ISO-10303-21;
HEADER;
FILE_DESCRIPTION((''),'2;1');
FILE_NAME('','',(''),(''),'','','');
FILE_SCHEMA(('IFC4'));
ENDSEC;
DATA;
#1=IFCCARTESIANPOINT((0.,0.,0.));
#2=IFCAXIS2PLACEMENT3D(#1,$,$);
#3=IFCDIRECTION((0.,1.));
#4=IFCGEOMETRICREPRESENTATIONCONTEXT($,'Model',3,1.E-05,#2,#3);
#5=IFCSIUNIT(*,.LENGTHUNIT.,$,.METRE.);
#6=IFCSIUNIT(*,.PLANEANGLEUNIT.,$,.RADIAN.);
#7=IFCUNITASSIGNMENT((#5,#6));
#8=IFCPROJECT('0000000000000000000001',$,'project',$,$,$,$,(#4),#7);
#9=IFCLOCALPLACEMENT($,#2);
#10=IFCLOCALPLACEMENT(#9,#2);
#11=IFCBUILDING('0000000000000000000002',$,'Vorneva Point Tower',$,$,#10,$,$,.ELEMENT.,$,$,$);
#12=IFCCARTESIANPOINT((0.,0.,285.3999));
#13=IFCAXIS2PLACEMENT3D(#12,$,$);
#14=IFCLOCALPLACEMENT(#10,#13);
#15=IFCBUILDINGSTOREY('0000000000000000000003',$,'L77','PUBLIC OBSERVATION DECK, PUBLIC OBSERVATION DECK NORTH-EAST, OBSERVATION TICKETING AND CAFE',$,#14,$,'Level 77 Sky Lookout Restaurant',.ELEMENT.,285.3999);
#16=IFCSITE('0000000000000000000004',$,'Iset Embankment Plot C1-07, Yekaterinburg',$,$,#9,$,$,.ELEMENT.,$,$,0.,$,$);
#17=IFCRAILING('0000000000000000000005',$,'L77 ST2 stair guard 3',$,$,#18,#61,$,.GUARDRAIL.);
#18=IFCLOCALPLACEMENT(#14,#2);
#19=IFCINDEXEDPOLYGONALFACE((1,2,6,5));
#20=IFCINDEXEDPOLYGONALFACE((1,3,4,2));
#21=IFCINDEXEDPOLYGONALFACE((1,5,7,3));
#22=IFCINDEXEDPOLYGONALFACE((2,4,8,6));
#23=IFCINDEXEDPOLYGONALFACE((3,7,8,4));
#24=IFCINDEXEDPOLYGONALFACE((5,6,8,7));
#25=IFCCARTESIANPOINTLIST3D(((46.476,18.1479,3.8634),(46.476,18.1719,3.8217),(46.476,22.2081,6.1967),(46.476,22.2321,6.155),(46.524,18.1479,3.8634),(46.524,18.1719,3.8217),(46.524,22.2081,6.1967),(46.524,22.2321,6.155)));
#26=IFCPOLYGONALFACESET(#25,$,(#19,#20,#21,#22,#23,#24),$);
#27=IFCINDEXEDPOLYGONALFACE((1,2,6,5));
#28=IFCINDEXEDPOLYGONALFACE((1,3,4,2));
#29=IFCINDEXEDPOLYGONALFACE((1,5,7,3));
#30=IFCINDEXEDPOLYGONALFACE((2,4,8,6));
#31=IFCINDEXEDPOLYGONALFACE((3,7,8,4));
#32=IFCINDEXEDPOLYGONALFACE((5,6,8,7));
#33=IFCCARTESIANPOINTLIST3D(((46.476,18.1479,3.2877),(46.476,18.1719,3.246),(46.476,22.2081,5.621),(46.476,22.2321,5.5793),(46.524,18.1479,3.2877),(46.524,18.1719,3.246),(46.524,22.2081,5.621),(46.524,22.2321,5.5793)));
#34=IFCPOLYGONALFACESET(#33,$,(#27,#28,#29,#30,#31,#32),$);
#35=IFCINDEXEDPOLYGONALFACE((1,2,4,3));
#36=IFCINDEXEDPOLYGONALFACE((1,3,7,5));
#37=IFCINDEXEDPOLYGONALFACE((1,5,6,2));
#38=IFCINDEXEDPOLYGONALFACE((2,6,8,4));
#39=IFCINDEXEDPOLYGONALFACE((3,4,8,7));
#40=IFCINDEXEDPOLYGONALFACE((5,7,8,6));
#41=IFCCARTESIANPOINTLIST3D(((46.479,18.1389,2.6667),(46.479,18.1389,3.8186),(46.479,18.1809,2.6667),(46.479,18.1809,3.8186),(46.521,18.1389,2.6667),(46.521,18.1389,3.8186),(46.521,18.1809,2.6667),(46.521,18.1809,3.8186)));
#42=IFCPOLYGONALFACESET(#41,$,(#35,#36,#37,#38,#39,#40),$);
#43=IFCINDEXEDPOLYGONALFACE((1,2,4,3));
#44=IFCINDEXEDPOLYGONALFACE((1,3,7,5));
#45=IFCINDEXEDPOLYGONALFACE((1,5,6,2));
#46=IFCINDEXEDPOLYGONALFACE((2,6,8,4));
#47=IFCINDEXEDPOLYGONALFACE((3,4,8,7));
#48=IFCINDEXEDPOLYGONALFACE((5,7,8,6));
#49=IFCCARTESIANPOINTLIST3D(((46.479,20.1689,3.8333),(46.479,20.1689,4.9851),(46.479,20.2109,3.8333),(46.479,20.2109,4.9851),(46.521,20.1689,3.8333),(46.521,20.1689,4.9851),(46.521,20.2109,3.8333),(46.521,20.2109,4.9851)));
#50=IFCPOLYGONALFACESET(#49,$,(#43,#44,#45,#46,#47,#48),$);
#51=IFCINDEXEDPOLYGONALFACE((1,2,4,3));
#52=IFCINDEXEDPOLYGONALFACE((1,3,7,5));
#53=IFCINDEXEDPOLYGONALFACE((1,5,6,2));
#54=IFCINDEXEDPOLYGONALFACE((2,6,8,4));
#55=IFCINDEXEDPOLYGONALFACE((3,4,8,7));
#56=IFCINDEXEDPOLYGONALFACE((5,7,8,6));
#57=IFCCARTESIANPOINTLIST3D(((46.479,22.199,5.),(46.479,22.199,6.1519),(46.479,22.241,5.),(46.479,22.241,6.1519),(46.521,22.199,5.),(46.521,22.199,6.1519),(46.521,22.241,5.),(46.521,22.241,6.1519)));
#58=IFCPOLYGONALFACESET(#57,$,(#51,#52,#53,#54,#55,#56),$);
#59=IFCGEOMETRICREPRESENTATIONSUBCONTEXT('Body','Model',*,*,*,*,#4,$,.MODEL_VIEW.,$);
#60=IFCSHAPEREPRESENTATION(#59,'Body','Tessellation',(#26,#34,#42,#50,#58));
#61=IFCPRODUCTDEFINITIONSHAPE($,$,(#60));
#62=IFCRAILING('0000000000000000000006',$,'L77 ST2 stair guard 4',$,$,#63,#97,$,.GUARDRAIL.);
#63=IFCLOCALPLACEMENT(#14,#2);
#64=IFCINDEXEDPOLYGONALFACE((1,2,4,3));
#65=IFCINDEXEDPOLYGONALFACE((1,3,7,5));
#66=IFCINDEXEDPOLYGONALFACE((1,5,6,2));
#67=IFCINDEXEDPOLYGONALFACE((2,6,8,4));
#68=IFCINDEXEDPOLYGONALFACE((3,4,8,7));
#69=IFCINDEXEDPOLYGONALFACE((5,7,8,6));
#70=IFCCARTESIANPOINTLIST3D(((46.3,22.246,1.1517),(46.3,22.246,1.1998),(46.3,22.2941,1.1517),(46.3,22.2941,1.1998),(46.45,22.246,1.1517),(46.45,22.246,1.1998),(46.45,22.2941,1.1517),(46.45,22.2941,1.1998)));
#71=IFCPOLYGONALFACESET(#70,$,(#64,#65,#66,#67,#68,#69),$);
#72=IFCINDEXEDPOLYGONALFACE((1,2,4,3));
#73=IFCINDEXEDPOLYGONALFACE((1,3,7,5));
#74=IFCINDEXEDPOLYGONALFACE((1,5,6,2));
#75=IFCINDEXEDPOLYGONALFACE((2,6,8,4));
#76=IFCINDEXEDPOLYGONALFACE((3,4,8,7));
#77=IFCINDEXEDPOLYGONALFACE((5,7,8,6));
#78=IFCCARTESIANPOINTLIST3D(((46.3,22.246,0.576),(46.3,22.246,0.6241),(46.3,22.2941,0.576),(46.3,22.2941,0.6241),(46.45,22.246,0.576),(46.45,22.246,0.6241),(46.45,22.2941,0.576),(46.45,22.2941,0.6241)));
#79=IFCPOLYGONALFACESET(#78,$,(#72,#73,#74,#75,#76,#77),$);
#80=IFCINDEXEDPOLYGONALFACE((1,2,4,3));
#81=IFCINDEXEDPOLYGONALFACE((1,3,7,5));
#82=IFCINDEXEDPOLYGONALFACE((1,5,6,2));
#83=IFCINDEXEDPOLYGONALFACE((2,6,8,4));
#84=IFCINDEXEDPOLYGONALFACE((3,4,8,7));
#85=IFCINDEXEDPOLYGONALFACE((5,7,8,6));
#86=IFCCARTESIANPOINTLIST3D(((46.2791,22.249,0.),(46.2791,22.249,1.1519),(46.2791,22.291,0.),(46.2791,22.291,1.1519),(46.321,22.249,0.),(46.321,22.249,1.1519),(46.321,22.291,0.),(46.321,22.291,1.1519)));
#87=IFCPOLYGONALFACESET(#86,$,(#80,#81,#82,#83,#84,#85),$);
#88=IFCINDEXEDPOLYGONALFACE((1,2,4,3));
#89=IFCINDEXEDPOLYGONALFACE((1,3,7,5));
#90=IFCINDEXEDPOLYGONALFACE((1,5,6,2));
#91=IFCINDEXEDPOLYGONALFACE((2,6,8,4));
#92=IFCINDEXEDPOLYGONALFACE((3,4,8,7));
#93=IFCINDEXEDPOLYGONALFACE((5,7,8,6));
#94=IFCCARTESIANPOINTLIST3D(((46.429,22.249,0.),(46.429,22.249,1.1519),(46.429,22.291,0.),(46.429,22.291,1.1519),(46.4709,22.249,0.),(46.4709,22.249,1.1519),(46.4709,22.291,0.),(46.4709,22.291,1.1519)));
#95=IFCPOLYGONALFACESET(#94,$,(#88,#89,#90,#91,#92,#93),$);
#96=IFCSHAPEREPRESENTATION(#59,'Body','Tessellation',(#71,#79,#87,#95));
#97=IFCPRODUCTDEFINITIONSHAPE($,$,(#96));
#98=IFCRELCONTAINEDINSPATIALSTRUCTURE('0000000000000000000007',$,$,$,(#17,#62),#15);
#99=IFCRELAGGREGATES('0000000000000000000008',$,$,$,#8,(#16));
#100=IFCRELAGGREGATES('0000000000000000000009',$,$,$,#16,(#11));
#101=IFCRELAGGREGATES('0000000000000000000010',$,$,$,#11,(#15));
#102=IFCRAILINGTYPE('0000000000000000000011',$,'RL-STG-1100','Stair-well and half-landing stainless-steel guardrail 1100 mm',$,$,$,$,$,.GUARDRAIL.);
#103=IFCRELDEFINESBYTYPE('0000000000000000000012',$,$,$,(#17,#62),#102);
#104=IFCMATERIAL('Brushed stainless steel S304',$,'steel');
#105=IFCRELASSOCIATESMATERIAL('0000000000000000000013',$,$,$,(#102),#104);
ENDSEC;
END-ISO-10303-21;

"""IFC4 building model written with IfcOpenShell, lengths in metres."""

from ifc_helpers import new_model, si_unit, direction, frame, origin, origin_2d, place, context, subcontext, project, spatial, rectangle, extrude, material, type_object, element, save


model = new_model("IFC4")

# Units and contexts
model_context = context("Model", 3, precision=1e-05, world=origin(), true_north=direction((0.0, 1.0)))
body_context = subcontext(model_context, "Body", "Model", "MODEL_VIEW")
ifc_project = project(units=[si_unit("LENGTHUNIT", "METRE"), si_unit("PLANEANGLEUNIT", "RADIAN")], contexts=[model_context])

# Site, building, storey
site_placement = place(None, origin())
site = spatial("IfcSite", under=ifc_project, at=site_placement, Name="Iset Embankment Plot C1-07, Yekaterinburg", CompositionType="ELEMENT", RefElevation=0.0)
building_placement = place(site_placement, origin())
building = spatial("IfcBuilding", under=site, at=building_placement, Name="Vorneva Point Tower", CompositionType="ELEMENT")
storey_placement = place(building_placement, frame((0.0, 0.0, 285.3999)))
storey = spatial("IfcBuildingStorey", under=building, at=storey_placement, Name="L77", Description="PUBLIC OBSERVATION DECK, PUBLIC OBSERVATION DECK NORTH-EAST, OBSERVATION TICKETING AND CAFE", LongName="Level 77 Sky Lookout Restaurant", CompositionType="ELEMENT", Elevation=285.3999)

# Railings
ifc_material_1 = material(Name="Brushed stainless steel S304", Category="steel")
railing_type_1 = type_object("IfcRailingType", Name="RL-STG-1100", Description="Stair-well and half-landing stainless-steel guardrail 1100 mm", PredefinedType="GUARDRAIL", material=ifc_material_1)
railing_1_placement = place(storey_placement, frame((46.5, 18.1599, 2.6667)))
element("IfcRailing", 1, at=railing_1_placement, inside=storey, type_object=railing_type_1, Name="L77 ST2 stair guard 3", PredefinedType="GUARDRAIL", context=body_context, shape_type="SweptSolid", body=[
    extrude(rectangle(XDim=0.0481, YDim=0.0481, at=origin_2d()), frame((0.0, 0.0, 1.1758), z_axis=(0.0, 0.867025, 0.498265), x_axis=(-1.0, 0.0, 0.0)), (0.0, 0.0, 1.0), 4.6829),
    extrude(rectangle(XDim=0.0481, YDim=0.0481, at=origin_2d()), frame((0.0, 0.0, 0.6001), z_axis=(0.0, 0.867025, 0.498265), x_axis=(-1.0, 0.0, 0.0)), (0.0, 0.0, 1.0), 4.6829),
    extrude(rectangle(XDim=0.042, YDim=0.042, at=origin_2d()), origin(), (0.0, 0.0, 1.0), 1.1519),
    extrude(rectangle(XDim=0.042, YDim=0.042, at=origin_2d()), frame((0.0, 2.03, 1.1665)), (0.0, 0.0, 1.0), 1.1519),
    extrude(rectangle(XDim=0.042, YDim=0.042, at=origin_2d()), frame((0.0, 4.0601, 2.3333)), (0.0, 0.0, 1.0), 1.1519),
])
railing_2_placement = place(storey_placement, frame((46.3, 22.27, 0.0)))
element("IfcRailing", 2, at=railing_2_placement, inside=storey, type_object=railing_type_1, Name="L77 ST2 stair guard 4", PredefinedType="GUARDRAIL", context=body_context, shape_type="SweptSolid", body=[
    extrude(rectangle(XDim=0.0481, YDim=0.0481, at=origin_2d()), frame((0.0, 0.0, 1.1758), z_axis=(1.0, 0.0, 0.0), x_axis=(0.0, 1.0, 0.0)), (0.0, 0.0, 1.0), 0.1499),
    extrude(rectangle(XDim=0.0481, YDim=0.0481, at=origin_2d()), frame((0.0, 0.0, 0.6001), z_axis=(1.0, 0.0, 0.0), x_axis=(0.0, 1.0, 0.0)), (0.0, 0.0, 1.0), 0.1499),
    extrude(rectangle(XDim=0.042, YDim=0.042, at=origin_2d()), origin(), (0.0, 0.0, 1.0), 1.1519),
    extrude(rectangle(XDim=0.042, YDim=0.042, at=origin_2d()), frame((0.1499, 0.0, 0.0)), (0.0, 0.0, 1.0), 1.1519),
])

save(model, "model.ifc")
